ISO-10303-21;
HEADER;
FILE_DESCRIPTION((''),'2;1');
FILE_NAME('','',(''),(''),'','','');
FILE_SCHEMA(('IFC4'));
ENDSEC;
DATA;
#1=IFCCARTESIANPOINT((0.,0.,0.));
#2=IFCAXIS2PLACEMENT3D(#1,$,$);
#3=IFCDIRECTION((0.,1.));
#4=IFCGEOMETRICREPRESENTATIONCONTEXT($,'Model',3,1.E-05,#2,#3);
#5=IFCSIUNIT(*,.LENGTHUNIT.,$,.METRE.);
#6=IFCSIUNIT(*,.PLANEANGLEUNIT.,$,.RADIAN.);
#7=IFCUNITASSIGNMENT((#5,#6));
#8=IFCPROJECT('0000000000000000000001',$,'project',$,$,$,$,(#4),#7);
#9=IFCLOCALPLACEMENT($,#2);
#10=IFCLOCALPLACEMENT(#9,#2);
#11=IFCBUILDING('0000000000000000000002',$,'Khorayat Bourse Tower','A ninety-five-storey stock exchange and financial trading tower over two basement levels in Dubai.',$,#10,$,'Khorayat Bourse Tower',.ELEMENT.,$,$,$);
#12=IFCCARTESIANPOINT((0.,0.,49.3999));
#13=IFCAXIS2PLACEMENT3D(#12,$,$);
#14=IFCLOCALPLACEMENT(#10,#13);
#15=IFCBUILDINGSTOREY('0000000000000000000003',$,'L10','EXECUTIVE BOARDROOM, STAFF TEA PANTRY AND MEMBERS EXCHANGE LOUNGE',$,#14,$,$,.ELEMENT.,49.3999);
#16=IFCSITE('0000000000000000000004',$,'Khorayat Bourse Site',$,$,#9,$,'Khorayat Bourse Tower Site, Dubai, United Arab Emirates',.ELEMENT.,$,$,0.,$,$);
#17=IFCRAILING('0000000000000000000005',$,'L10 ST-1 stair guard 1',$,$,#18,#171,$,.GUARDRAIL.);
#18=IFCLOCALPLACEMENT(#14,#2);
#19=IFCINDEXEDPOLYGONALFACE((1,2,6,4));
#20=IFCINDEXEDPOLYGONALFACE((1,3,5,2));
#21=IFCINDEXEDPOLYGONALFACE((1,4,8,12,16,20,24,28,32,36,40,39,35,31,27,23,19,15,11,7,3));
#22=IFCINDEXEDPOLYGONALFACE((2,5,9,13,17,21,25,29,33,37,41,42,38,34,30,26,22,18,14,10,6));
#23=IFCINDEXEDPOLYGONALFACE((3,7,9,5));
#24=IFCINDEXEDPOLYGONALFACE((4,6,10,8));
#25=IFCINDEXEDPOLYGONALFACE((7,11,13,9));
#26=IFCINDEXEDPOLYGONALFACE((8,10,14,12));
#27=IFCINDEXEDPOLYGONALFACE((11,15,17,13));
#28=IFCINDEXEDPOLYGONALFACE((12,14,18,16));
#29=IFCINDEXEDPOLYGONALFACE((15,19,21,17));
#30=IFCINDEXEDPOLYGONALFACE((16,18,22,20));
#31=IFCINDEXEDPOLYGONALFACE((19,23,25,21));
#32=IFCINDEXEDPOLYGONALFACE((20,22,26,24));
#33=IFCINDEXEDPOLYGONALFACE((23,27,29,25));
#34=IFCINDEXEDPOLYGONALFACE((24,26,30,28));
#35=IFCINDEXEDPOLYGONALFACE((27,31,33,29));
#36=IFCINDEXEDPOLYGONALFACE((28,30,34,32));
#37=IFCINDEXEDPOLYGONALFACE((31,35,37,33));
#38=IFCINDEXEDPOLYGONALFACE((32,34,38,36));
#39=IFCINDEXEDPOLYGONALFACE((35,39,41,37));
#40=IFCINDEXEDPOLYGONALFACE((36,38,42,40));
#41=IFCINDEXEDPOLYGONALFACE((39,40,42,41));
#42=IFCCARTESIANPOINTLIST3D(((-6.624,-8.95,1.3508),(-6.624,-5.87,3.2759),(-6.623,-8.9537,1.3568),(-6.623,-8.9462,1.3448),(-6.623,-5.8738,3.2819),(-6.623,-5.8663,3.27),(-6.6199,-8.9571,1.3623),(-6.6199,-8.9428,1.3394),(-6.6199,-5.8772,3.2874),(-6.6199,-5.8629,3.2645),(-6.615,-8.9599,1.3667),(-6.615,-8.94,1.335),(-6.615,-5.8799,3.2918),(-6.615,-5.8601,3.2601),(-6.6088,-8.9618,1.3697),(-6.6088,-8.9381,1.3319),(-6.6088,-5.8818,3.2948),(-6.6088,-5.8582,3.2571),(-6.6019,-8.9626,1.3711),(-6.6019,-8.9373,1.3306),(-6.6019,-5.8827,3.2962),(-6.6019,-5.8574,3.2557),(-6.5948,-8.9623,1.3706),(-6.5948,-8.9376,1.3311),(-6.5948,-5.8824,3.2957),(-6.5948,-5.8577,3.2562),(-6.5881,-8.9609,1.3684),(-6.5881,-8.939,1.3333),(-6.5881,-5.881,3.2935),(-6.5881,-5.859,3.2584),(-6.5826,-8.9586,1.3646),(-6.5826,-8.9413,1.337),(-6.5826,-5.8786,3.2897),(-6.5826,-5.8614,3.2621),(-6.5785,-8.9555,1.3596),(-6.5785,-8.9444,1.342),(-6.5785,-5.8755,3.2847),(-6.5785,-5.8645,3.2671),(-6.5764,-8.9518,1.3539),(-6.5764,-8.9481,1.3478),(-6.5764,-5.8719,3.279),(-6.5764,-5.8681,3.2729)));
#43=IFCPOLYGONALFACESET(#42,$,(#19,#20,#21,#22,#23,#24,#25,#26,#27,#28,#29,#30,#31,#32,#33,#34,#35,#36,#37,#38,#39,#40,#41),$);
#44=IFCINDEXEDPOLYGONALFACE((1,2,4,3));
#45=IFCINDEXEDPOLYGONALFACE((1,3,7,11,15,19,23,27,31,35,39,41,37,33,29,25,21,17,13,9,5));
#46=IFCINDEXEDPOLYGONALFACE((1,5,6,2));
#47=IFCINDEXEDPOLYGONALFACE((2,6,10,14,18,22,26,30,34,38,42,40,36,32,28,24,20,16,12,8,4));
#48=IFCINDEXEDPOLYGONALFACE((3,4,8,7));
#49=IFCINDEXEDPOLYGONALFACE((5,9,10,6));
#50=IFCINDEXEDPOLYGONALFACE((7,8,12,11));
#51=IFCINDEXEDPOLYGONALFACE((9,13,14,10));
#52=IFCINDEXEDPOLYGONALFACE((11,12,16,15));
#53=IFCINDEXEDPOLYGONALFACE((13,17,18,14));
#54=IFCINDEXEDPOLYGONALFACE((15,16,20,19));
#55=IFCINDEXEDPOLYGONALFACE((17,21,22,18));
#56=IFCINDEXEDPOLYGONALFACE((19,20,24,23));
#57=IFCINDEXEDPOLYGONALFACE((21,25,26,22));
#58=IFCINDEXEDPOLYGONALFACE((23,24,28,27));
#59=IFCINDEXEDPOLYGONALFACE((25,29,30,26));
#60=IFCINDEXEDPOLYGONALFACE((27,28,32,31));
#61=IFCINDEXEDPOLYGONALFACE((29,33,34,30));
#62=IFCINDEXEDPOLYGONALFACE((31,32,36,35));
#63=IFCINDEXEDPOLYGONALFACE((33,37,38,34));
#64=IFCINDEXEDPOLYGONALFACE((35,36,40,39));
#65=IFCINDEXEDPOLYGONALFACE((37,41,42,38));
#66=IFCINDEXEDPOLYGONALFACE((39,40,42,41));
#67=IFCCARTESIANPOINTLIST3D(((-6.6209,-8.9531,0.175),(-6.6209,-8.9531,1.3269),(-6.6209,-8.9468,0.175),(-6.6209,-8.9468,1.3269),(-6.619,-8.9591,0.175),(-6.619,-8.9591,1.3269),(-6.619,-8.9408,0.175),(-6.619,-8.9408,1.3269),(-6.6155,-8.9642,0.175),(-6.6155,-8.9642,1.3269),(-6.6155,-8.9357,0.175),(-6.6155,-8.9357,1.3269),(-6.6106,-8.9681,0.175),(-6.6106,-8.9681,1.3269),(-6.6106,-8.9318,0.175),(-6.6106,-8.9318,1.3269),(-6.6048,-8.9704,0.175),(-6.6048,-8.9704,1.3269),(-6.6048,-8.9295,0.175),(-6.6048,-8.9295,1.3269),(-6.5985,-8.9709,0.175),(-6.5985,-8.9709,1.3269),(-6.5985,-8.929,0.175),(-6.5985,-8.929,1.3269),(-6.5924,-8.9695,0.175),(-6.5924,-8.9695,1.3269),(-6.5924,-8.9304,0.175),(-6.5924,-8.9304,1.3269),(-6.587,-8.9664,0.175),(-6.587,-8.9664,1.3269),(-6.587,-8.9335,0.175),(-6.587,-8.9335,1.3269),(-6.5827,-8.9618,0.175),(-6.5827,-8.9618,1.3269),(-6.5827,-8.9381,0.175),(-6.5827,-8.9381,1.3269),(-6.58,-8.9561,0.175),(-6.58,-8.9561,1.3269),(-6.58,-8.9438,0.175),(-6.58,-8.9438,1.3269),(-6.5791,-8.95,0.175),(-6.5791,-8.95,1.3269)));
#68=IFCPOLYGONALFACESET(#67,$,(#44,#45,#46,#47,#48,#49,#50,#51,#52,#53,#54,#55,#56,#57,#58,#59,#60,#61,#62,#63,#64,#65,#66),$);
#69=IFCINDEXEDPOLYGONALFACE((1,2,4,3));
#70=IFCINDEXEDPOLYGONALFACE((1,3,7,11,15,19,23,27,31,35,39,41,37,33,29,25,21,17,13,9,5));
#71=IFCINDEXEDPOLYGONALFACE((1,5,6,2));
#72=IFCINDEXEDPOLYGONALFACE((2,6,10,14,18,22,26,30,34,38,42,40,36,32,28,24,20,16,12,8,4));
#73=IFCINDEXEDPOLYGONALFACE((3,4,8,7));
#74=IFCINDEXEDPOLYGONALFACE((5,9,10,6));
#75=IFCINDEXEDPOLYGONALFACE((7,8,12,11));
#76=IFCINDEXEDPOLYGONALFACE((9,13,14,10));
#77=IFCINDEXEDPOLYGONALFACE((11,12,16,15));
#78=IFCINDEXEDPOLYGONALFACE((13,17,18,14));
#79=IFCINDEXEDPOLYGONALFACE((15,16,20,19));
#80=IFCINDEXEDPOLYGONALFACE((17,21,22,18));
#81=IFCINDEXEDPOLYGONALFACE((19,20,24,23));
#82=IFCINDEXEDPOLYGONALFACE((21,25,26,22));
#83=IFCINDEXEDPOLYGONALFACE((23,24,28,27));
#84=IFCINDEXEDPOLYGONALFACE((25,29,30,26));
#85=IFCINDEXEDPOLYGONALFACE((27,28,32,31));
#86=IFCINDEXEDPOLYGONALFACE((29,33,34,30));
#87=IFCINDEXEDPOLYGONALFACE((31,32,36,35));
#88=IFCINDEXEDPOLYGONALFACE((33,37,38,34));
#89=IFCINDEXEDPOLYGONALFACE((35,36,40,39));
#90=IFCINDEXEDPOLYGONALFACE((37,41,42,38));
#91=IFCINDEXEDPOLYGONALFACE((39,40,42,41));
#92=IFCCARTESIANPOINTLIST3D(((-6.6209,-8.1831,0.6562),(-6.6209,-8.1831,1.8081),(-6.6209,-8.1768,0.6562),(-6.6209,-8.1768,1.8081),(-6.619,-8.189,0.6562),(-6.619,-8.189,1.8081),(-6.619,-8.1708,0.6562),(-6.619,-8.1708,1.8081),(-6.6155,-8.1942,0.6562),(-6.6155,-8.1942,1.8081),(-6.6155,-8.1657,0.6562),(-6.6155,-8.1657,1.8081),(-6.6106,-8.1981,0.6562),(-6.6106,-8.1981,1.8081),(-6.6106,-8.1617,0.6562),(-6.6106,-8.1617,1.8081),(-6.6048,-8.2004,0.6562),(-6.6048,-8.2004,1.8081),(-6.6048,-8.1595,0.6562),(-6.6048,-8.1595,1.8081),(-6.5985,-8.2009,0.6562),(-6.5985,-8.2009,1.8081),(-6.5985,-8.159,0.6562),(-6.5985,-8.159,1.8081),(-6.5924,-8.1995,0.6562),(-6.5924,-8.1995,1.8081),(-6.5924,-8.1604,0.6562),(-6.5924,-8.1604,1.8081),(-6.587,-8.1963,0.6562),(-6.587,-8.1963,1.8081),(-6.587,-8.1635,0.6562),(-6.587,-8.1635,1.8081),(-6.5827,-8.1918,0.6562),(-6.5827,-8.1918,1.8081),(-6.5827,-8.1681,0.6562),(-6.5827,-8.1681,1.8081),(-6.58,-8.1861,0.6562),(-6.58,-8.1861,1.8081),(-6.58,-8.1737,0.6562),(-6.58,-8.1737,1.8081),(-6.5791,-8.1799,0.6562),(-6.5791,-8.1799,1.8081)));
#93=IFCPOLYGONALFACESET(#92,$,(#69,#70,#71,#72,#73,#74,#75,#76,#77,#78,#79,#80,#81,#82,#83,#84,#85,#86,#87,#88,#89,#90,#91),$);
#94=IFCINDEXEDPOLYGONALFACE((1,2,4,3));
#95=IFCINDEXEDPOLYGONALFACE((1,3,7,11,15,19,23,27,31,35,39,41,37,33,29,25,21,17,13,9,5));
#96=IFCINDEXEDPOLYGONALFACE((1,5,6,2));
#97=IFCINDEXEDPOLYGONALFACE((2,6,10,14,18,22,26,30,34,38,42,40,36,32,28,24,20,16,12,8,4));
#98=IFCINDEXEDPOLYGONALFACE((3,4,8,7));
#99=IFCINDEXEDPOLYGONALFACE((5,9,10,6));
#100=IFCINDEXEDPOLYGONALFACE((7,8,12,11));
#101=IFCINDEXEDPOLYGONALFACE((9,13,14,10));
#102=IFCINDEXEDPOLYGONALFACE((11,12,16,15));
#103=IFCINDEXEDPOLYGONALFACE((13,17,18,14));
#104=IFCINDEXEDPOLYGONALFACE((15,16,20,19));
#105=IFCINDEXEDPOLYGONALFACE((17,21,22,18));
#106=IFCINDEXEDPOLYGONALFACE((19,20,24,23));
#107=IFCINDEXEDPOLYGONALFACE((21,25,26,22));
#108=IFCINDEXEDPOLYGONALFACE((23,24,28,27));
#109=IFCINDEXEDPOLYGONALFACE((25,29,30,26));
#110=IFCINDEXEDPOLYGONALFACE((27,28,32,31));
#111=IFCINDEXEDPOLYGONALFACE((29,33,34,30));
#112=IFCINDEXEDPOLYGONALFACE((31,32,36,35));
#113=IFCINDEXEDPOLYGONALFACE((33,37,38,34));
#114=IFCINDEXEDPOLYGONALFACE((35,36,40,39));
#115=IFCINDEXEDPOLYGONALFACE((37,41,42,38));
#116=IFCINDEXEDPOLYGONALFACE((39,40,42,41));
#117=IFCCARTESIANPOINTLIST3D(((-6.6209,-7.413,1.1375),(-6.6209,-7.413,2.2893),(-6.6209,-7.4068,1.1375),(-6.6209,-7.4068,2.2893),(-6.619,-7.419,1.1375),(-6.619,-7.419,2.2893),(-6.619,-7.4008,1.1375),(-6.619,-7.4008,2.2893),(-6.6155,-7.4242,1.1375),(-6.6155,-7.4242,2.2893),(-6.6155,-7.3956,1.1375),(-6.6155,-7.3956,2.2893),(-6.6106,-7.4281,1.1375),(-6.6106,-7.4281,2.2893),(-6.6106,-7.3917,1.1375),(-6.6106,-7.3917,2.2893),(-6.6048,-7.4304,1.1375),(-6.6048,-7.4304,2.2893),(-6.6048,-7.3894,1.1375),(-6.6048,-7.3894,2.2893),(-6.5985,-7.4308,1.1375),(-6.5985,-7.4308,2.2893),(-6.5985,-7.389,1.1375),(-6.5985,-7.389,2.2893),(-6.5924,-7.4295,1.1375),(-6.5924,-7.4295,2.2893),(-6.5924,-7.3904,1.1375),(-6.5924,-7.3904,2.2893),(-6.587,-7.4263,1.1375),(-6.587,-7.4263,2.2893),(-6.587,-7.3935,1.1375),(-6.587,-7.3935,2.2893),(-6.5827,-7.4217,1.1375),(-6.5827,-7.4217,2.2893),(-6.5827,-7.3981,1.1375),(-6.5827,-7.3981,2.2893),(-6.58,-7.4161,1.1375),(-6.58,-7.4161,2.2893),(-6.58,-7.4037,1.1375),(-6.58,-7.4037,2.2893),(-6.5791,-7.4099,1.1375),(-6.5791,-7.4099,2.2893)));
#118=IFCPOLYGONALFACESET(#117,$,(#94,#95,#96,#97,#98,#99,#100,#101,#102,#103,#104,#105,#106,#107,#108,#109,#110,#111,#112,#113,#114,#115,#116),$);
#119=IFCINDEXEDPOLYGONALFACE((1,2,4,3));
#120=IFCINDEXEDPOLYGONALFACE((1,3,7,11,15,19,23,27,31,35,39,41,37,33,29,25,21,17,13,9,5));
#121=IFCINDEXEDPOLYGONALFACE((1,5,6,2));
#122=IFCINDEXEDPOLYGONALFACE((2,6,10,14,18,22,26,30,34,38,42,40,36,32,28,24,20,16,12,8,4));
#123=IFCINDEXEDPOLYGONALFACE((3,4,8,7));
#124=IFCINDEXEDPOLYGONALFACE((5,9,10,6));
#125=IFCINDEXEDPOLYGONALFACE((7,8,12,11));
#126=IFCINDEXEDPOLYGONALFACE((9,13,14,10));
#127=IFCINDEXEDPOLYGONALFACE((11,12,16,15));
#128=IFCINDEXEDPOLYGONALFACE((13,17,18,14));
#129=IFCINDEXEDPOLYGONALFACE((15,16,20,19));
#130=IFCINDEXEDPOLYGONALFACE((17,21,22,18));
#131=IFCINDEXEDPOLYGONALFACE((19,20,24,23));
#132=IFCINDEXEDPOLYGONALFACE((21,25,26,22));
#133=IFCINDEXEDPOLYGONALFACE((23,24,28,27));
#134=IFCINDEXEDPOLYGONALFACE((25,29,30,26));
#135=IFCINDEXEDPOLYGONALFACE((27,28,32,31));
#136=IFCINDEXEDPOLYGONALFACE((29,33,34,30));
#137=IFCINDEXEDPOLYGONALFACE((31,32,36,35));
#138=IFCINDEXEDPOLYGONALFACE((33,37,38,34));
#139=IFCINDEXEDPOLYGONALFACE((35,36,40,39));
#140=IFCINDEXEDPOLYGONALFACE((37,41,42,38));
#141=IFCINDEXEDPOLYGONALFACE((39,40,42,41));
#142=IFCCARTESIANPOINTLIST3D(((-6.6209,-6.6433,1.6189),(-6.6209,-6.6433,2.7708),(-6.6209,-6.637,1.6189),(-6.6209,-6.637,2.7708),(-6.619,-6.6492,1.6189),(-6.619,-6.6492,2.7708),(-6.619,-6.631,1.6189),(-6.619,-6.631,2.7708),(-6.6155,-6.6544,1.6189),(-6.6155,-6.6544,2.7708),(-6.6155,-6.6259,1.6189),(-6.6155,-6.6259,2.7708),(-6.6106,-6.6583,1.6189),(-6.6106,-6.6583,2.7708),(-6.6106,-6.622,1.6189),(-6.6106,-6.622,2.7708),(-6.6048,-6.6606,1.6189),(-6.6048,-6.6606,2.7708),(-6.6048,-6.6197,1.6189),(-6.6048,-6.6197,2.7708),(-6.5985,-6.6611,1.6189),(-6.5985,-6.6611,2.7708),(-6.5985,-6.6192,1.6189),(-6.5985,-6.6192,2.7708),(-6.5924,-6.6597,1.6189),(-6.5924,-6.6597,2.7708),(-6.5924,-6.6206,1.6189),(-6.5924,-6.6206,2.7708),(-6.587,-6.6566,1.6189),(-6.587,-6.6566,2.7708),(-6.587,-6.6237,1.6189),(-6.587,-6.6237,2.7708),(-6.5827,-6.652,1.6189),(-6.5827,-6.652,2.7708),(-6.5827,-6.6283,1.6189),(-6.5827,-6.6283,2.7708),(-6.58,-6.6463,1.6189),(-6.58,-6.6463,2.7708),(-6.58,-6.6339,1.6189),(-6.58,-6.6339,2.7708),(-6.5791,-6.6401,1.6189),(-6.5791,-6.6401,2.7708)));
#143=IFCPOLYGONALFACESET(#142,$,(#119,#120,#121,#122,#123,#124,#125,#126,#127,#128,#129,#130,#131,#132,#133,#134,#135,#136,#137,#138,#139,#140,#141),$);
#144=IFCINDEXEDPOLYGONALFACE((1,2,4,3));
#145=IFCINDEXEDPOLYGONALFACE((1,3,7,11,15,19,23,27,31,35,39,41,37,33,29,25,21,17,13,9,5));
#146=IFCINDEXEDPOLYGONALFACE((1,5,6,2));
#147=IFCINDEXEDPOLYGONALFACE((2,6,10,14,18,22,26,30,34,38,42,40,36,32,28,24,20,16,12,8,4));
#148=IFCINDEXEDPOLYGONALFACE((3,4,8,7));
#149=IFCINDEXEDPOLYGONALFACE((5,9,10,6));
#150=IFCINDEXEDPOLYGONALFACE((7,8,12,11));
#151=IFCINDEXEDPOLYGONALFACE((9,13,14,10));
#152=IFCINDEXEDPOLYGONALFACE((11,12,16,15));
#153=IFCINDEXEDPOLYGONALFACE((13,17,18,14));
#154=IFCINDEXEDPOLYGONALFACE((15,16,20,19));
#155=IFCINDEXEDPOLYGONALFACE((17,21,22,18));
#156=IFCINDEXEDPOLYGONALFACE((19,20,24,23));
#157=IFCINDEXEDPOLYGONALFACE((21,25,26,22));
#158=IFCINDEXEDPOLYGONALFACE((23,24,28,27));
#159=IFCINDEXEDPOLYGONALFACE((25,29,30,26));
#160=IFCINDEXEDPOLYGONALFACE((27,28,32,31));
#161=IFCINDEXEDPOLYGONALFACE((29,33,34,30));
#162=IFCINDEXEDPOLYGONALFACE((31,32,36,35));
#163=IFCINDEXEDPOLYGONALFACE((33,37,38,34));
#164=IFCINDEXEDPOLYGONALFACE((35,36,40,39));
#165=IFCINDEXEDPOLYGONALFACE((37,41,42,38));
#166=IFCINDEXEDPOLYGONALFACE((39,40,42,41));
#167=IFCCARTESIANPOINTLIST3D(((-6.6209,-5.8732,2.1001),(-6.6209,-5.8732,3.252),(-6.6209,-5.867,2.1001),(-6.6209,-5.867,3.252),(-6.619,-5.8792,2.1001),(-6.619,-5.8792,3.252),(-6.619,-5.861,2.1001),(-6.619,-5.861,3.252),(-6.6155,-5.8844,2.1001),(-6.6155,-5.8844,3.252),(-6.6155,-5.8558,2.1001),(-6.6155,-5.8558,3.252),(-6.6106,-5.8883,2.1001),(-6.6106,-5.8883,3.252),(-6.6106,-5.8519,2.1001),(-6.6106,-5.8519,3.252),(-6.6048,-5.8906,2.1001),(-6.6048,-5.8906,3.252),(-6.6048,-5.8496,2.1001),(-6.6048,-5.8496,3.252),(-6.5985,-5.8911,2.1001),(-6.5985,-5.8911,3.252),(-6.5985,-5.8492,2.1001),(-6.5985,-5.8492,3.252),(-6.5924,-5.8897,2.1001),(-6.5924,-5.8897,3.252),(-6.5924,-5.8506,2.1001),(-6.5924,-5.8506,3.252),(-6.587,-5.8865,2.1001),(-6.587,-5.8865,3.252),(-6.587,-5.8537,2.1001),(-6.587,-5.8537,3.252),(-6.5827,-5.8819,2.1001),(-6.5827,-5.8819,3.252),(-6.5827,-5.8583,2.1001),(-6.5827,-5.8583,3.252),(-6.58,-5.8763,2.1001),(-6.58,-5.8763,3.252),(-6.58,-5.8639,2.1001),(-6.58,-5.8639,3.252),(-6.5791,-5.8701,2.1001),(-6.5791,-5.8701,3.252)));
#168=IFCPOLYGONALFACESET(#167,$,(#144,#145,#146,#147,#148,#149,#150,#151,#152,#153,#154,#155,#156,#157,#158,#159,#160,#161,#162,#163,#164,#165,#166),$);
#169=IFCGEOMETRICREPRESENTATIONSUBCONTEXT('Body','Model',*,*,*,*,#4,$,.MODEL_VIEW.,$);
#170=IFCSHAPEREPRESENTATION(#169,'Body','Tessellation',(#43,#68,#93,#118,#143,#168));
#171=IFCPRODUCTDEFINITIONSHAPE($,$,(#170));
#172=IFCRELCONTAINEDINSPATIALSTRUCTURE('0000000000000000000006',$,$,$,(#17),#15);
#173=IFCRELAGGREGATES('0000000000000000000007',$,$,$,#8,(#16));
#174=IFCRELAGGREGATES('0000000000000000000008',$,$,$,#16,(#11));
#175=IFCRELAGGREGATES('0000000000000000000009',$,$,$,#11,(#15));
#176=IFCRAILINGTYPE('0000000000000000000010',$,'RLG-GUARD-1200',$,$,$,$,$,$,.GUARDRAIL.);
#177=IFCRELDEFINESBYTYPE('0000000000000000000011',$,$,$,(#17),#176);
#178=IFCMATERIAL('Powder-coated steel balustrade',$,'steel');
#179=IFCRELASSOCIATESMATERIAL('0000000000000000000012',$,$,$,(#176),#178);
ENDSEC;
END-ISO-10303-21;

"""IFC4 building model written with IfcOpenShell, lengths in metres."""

from ifc_helpers import new_model, si_unit, direction, frame, origin, origin_2d, place, context, subcontext, project, spatial, circle, extrude, source, transform, mapped, material, type_object, element, save


model = new_model("IFC4")

# Units and contexts
model_context = context("Model", 3, precision=1e-05, world=origin(), true_north=direction((0.0, 1.0)))
body_context = subcontext(model_context, "Body", "Model", "MODEL_VIEW")
ifc_project = project(units=[si_unit("LENGTHUNIT", "METRE"), si_unit("PLANEANGLEUNIT", "RADIAN")], contexts=[model_context])

# Site, building, storey
site_placement = place(None, origin())
site = spatial("IfcSite", under=ifc_project, at=site_placement, Name="Khorayat Bourse Site", LongName="Khorayat Bourse Tower Site, Dubai, United Arab Emirates", CompositionType="ELEMENT", RefElevation=0.0)
building_placement = place(site_placement, origin())
building = spatial("IfcBuilding", under=site, at=building_placement, Name="Khorayat Bourse Tower", Description="A ninety-five-storey stock exchange and financial trading tower over two basement levels in Dubai.", LongName="Khorayat Bourse Tower", CompositionType="ELEMENT")
storey_placement = place(building_placement, frame((0.0, 0.0, 49.3999)))
storey = spatial("IfcBuildingStorey", under=building, at=storey_placement, Name="L10", Description="EXECUTIVE BOARDROOM, STAFF TEA PANTRY AND MEMBERS EXCHANGE LOUNGE", CompositionType="ELEMENT", Elevation=49.3999)

# Railing
ifc_material_1 = material(Name="Powder-coated steel balustrade", Category="steel")
railing_type_1 = type_object("IfcRailingType", Name="RLG-GUARD-1200", PredefinedType="GUARDRAIL", material=ifc_material_1)
shared_shape_1 = source(origin(), body_context, "Body", "SweptSolid", [
    extrude(circle(Radius=0.0239, at=origin_2d()), frame((0.0, 0.0, 1.1758), z_axis=(0.0, 0.847979, 0.530029), x_axis=(-1.0, 0.0, 0.0)), (0.0, 0.0, 1.0), 3.6321),
    extrude(circle(Radius=0.021, at=origin_2d()), origin(), (0.0, 0.0, 1.0), 1.1519),
    extrude(circle(Radius=0.021, at=origin_2d()), frame((0.0, 0.77, 0.4812)), (0.0, 0.0, 1.0), 1.1519),
    extrude(circle(Radius=0.021, at=origin_2d()), frame((0.0, 1.54, 0.9624)), (0.0, 0.0, 1.0), 1.1519),
    extrude(circle(Radius=0.021, at=origin_2d()), frame((0.0, 2.3098, 1.4438)), (0.0, 0.0, 1.0), 1.1519),
    extrude(circle(Radius=0.021, at=origin_2d()), frame((0.0, 3.0798, 1.925)), (0.0, 0.0, 1.0), 1.1519),
])
railing_1_placement = place(storey_placement, frame((-6.6001, -8.95, 0.175)))
element("IfcRailing", 1, at=railing_1_placement, inside=storey, type_object=railing_type_1, Name="L10 ST-1 stair guard 1", PredefinedType="GUARDRAIL", context=body_context, shape_type="MappedRepresentation", body=[
    mapped(shared_shape_1, transform((0.0, 0.0, 0.0), scale=1.0)),
])

save(model, "model.ifc")
